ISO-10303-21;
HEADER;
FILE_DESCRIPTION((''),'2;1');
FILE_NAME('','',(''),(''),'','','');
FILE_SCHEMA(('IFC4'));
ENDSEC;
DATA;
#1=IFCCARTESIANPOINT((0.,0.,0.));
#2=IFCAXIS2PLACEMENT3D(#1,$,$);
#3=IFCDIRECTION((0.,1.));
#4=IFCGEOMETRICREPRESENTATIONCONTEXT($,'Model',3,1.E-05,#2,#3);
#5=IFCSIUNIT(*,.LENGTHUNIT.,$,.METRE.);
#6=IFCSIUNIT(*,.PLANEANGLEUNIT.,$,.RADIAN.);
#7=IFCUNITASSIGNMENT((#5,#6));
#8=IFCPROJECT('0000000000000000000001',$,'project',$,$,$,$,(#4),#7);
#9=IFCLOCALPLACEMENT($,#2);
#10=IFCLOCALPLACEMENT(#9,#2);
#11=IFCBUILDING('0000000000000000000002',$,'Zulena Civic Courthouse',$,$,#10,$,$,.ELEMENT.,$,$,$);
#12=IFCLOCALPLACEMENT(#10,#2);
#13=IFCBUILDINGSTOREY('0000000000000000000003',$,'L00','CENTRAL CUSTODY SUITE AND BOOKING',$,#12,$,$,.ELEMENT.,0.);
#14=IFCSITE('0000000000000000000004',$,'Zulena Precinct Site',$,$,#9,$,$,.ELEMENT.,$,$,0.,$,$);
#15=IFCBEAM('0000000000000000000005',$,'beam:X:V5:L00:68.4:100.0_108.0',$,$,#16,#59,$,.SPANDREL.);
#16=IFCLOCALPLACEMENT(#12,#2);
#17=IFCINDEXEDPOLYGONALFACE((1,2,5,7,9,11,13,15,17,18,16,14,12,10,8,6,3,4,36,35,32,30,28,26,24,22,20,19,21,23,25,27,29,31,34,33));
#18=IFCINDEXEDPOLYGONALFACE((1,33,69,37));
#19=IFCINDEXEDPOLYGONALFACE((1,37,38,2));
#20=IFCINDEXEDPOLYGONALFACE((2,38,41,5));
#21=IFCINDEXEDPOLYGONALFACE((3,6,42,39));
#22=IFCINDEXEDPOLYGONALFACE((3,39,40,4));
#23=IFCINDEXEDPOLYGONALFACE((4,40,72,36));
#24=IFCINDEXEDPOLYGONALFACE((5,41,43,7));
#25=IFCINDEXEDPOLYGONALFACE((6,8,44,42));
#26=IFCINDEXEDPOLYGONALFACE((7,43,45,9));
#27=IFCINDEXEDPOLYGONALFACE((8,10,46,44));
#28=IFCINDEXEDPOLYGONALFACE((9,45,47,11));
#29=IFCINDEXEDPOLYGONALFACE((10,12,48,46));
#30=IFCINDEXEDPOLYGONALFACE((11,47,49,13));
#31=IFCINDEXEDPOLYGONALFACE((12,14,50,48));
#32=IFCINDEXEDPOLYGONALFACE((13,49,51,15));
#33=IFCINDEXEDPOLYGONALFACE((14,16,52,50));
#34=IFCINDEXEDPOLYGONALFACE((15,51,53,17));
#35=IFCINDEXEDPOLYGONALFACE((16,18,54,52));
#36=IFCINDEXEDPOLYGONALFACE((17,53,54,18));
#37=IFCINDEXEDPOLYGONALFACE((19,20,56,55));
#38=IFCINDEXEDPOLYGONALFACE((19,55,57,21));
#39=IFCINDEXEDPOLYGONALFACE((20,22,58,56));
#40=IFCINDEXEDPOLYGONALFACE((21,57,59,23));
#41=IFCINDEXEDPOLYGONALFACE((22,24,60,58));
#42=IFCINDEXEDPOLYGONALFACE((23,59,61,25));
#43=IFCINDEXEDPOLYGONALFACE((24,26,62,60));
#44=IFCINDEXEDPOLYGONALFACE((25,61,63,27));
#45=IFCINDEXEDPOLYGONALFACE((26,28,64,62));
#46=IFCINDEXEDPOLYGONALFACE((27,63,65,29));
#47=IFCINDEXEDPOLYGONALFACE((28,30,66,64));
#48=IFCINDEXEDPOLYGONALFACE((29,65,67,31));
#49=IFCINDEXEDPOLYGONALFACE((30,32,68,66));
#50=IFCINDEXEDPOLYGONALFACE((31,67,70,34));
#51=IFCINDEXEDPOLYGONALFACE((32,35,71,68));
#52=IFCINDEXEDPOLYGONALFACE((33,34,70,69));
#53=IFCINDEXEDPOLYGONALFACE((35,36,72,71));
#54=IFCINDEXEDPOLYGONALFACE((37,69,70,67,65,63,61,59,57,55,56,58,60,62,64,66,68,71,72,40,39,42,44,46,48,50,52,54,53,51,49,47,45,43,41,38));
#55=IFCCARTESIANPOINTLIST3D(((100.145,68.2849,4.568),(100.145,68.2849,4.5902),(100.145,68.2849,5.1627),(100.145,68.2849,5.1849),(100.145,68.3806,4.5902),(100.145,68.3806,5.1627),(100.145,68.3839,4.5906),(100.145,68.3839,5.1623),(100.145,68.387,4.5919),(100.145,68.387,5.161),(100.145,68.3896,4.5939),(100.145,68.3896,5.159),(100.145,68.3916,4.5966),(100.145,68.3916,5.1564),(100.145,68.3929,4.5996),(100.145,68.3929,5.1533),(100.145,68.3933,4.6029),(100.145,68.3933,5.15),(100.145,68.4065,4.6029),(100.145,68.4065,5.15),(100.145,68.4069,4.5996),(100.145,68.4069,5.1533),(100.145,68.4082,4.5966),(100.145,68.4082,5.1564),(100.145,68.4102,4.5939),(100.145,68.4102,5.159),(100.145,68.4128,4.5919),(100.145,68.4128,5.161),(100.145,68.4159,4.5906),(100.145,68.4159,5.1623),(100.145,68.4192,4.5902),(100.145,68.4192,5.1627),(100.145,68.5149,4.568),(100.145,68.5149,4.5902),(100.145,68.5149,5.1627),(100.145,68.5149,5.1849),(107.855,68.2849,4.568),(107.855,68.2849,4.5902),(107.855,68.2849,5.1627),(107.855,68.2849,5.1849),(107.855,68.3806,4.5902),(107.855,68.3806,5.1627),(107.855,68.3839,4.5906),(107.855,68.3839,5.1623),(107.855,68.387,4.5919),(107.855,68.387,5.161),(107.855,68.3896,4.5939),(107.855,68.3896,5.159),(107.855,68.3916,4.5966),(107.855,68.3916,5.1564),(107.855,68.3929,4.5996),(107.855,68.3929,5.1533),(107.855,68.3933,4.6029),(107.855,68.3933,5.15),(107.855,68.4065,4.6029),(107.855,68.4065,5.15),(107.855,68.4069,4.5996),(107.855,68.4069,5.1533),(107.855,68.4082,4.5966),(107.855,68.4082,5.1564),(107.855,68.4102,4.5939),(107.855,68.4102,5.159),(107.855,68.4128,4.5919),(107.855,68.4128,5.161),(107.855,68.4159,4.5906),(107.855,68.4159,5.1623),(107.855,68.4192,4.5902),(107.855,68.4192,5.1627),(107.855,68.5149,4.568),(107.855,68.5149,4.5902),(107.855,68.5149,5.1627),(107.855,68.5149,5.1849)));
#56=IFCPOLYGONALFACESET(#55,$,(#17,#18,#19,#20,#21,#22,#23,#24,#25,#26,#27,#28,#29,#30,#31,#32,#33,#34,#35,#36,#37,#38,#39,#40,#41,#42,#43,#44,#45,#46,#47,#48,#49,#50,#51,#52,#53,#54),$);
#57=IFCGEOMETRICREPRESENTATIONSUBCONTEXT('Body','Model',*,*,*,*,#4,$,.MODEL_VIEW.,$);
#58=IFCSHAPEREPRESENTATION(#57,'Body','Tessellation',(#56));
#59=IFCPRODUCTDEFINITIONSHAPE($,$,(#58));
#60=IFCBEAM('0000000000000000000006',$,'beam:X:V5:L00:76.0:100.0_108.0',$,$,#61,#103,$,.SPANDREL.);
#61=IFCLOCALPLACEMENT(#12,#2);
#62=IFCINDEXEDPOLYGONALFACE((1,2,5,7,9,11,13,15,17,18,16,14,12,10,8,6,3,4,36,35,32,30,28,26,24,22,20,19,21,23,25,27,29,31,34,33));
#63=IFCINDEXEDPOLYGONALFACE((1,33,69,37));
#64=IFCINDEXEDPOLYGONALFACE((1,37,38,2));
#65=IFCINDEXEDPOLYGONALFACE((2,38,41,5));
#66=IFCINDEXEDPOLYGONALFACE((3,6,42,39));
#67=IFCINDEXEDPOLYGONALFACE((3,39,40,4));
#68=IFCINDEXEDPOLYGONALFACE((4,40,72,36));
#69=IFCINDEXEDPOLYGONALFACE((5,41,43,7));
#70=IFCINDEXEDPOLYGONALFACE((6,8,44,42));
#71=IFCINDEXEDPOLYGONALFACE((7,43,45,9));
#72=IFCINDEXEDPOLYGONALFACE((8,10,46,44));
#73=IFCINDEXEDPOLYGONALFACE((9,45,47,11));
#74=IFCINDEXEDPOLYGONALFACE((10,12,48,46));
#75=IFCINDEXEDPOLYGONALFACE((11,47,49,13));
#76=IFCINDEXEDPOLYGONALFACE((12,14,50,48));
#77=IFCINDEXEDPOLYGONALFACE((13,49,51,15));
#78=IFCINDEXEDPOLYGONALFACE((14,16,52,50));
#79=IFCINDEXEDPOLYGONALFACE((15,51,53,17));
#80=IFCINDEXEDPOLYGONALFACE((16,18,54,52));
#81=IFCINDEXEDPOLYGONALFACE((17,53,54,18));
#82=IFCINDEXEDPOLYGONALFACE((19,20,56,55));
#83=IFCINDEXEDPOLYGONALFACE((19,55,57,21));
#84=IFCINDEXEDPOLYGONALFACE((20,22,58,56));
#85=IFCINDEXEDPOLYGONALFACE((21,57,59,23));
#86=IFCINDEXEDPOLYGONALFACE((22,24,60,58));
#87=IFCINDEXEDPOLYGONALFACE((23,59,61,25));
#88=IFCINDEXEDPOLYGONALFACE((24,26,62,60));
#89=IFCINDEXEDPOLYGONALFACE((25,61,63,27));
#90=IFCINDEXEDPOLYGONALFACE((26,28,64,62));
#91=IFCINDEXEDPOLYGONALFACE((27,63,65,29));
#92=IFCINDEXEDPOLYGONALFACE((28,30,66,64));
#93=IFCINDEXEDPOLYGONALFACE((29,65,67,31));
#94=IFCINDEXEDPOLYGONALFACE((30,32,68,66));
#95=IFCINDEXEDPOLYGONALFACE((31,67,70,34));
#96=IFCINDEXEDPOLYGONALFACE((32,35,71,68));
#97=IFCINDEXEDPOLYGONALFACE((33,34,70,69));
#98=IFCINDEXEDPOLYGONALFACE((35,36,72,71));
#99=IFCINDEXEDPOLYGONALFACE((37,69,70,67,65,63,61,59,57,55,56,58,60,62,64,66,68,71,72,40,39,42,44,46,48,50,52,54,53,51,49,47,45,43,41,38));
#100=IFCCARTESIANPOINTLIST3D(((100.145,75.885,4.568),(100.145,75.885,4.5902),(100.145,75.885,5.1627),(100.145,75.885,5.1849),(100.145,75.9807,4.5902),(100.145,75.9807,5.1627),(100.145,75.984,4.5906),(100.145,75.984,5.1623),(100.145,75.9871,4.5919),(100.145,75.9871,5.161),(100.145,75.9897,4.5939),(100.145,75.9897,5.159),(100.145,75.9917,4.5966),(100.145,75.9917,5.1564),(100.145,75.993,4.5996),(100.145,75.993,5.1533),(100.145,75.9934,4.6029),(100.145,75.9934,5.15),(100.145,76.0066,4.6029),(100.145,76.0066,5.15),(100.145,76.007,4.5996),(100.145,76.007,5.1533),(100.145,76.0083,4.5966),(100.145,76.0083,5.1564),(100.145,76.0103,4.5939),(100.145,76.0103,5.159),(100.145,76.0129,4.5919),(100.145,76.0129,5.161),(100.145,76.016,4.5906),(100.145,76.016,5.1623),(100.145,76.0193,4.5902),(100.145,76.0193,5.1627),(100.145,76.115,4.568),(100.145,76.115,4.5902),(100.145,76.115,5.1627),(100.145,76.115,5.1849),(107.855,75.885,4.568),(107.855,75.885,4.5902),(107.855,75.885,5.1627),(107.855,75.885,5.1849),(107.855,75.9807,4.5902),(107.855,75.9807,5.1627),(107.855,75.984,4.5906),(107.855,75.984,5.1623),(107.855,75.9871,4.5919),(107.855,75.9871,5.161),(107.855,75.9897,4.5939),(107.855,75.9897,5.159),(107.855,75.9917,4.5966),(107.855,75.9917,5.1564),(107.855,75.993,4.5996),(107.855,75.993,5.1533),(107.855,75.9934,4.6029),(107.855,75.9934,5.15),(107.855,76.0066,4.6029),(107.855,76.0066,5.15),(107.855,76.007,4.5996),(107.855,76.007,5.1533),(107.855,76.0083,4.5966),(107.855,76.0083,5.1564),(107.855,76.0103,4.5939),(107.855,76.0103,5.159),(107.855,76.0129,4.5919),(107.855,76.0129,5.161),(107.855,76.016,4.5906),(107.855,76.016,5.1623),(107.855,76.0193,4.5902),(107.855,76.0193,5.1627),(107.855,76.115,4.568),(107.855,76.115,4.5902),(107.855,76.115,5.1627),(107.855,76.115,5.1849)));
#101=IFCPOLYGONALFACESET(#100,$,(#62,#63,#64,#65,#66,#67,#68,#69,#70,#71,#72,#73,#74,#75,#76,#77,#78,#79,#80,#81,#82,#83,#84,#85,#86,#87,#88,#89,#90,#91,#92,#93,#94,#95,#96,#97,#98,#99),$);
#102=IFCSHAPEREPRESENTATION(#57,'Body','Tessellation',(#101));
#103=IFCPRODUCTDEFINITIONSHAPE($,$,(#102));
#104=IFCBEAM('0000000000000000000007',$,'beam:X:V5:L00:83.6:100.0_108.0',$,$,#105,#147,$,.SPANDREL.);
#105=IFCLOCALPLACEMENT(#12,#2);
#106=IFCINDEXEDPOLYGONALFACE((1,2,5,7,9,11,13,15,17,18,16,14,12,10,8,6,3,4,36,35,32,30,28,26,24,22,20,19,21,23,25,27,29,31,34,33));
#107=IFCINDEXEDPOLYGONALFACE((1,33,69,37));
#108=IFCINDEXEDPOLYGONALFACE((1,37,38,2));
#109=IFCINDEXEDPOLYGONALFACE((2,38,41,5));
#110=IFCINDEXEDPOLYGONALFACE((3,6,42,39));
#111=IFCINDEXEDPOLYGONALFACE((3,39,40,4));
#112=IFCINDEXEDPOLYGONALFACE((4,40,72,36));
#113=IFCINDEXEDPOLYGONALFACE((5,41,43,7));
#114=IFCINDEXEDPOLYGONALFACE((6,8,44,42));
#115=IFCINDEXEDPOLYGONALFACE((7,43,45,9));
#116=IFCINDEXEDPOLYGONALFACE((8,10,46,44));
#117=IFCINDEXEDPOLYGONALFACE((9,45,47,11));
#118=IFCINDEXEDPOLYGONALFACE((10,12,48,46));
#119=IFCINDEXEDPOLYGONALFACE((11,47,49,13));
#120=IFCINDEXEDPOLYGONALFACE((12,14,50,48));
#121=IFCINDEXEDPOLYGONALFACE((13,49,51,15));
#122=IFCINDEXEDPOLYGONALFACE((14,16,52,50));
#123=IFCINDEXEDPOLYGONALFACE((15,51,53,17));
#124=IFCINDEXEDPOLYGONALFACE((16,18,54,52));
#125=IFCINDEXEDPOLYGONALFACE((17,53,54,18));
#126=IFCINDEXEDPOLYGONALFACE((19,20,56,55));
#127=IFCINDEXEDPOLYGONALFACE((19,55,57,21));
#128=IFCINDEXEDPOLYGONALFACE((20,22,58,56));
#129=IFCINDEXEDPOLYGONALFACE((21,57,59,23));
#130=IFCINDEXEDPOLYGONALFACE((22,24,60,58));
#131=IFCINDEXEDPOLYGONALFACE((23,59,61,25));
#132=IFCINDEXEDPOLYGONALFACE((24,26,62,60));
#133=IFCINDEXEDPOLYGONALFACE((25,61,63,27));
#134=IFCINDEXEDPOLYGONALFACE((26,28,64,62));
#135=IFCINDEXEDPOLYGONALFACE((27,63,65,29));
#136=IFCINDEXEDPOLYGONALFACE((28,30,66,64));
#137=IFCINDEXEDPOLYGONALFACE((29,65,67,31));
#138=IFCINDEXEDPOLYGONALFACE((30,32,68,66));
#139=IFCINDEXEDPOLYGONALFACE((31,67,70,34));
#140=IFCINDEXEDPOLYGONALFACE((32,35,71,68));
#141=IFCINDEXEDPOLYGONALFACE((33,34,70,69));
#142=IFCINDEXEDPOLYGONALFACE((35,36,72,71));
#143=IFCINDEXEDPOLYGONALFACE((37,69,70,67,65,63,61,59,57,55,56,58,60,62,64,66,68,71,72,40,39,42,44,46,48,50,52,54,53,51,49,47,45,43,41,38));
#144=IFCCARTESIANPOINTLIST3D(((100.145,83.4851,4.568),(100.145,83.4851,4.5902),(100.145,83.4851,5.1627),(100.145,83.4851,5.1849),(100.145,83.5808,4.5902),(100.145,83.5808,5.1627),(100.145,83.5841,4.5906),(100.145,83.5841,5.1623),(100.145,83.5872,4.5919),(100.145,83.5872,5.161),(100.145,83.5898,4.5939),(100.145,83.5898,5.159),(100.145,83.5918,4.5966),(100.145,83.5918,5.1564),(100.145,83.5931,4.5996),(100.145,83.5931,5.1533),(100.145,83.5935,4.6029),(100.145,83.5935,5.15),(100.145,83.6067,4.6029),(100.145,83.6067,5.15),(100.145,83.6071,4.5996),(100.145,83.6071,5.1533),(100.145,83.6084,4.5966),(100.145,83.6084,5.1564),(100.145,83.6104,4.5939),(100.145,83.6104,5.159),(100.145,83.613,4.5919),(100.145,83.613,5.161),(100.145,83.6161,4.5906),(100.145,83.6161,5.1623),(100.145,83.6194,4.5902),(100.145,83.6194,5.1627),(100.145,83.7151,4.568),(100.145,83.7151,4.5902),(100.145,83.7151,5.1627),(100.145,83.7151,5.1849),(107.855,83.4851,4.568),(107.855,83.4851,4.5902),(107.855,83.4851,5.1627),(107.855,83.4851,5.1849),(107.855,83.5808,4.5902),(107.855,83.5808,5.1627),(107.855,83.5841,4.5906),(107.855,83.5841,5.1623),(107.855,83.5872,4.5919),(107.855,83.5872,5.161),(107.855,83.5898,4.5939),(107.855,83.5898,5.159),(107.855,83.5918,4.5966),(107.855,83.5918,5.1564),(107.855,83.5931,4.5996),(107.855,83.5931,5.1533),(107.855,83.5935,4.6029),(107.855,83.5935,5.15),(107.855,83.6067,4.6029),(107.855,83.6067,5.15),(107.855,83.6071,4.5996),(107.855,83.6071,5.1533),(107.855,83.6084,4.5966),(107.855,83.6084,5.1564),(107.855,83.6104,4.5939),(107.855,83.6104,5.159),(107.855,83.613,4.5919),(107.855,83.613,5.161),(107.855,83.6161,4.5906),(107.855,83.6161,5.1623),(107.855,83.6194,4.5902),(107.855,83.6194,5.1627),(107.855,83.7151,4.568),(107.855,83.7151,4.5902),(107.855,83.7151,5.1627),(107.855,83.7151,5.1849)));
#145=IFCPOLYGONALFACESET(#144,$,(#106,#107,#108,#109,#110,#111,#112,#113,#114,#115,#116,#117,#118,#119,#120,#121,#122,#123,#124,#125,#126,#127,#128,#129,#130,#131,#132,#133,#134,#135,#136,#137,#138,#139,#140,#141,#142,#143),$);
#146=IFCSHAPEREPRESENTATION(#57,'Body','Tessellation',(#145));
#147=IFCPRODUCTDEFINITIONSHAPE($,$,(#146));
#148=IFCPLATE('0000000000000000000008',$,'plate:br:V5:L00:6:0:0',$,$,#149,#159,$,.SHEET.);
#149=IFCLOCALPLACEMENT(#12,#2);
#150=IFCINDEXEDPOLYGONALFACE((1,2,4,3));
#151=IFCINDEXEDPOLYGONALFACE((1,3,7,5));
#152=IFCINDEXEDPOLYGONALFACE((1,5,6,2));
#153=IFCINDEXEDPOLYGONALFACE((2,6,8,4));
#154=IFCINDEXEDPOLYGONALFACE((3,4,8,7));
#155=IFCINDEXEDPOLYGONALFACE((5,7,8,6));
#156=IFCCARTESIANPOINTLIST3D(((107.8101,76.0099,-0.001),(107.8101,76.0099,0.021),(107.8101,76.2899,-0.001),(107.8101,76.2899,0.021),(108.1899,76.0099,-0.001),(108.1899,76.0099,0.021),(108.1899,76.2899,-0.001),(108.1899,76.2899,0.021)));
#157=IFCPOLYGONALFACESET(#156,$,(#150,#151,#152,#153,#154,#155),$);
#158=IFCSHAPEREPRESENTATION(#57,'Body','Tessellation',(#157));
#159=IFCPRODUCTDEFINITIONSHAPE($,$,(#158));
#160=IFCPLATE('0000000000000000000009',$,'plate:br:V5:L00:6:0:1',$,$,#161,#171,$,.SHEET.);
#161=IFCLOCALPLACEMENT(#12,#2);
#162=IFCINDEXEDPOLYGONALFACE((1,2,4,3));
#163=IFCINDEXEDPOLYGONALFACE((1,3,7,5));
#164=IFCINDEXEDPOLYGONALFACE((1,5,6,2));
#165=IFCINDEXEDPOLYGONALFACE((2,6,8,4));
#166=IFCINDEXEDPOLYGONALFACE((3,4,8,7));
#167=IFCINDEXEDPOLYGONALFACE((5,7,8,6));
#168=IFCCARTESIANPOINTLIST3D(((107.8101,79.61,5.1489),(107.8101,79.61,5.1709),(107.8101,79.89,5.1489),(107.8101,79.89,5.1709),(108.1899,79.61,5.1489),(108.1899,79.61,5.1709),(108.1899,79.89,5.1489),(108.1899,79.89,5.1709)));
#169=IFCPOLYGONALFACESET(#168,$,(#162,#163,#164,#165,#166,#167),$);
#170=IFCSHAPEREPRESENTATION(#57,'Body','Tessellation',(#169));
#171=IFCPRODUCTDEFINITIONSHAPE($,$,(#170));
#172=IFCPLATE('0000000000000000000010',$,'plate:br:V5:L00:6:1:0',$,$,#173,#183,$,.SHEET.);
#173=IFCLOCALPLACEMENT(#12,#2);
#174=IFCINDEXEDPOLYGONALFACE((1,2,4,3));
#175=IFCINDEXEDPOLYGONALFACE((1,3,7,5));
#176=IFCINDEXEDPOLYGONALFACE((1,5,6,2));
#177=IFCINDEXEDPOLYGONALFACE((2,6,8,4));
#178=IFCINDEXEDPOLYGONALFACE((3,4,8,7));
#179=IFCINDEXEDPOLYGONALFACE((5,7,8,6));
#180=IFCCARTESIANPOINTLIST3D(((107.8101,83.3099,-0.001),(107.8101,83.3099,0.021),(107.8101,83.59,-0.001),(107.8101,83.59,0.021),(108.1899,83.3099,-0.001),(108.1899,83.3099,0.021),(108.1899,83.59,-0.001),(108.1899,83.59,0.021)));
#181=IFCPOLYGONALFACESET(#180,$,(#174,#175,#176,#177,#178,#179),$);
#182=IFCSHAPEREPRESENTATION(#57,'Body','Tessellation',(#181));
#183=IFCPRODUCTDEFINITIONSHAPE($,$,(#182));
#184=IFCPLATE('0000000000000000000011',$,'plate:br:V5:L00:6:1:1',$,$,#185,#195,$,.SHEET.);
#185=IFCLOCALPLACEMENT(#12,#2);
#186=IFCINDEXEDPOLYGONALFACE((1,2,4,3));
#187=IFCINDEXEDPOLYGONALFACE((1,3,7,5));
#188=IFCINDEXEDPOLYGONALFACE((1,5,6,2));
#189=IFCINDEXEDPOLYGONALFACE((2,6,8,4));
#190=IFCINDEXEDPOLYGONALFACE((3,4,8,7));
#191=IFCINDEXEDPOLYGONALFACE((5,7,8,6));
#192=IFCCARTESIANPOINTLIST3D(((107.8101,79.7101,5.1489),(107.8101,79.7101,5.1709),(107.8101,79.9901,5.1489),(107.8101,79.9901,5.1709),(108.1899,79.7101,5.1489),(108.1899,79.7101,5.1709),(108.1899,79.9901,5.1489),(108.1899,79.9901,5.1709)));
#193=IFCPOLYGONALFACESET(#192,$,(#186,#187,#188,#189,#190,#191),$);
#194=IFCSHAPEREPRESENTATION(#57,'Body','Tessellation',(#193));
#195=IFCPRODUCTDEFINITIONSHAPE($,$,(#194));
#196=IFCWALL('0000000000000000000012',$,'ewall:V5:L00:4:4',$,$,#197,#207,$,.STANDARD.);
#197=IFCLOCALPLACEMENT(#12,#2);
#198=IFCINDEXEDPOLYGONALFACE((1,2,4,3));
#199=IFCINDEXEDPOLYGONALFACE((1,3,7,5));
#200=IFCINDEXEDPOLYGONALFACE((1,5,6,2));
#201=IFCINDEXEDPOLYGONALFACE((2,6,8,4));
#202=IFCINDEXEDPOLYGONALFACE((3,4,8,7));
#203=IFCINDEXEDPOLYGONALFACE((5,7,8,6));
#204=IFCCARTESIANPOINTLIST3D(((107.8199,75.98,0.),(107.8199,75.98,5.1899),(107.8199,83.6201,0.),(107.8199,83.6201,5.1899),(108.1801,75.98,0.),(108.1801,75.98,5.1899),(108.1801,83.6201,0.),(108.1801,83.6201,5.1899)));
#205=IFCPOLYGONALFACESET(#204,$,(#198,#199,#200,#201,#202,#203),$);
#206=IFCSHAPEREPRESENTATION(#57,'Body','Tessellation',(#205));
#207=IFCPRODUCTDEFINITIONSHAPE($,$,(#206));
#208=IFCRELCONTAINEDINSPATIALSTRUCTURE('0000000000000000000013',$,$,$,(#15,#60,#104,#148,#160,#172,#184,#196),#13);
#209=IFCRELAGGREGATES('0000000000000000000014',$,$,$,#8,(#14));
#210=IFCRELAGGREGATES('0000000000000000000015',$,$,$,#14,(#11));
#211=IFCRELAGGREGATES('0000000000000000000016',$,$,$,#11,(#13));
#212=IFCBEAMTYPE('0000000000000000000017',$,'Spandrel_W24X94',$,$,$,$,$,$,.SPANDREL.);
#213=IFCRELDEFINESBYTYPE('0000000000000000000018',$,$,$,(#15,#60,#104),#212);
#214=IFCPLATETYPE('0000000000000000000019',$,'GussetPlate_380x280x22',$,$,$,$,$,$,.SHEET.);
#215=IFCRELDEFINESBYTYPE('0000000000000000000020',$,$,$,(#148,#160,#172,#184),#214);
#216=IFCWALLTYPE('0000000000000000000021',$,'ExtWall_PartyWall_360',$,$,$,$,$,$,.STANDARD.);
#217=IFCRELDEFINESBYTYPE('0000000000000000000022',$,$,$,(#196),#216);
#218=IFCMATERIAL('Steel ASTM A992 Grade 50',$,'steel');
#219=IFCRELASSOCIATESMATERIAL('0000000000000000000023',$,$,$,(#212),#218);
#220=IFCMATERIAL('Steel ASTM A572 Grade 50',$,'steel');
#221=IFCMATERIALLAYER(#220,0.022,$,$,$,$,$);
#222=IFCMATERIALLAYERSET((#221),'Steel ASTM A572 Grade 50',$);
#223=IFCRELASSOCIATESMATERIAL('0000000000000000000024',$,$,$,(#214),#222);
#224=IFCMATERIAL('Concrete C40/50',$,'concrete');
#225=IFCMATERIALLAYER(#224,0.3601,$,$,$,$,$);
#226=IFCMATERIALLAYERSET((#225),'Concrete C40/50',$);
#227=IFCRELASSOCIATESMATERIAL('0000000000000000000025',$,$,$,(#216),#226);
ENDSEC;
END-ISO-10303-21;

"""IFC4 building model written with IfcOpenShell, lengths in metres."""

from ifc_helpers import new_model, si_unit, direction, frame, frame_2d, origin, origin_2d, place, context, subcontext, project, spatial, rectangle, i_section, extrude, material, layer, layer_set, material_profile, profile_set, type_object, element, save


model = new_model("IFC4")

# Units and contexts
model_context = context("Model", 3, precision=1e-05, world=origin(), true_north=direction((0.0, 1.0)))
body_context = subcontext(model_context, "Body", "Model", "MODEL_VIEW")
ifc_project = project(units=[si_unit("LENGTHUNIT", "METRE"), si_unit("PLANEANGLEUNIT", "RADIAN")], contexts=[model_context])

# Site, building, storey
site_placement = place(None, origin())
site = spatial("IfcSite", under=ifc_project, at=site_placement, Name="Zulena Precinct Site", CompositionType="ELEMENT", RefElevation=0.0)
building_placement = place(site_placement, origin())
building = spatial("IfcBuilding", under=site, at=building_placement, Name="Zulena Civic Courthouse", CompositionType="ELEMENT")
storey_placement = place(building_placement, origin())
storey = spatial("IfcBuildingStorey", under=building, at=storey_placement, Name="L00", Description="CENTRAL CUSTODY SUITE AND BOOKING", CompositionType="ELEMENT", Elevation=0.0)

# Shared definitions
ifc_material_1 = material(Name="Steel ASTM A992 Grade 50", Category="steel")

# Beams
ifc_material_profile_1 = material_profile(ifc_material_1, i_section(OverallWidth=0.23, OverallDepth=0.6169, WebThickness=0.0132, FlangeThickness=0.0222, FilletRadius=0.0127, at=origin_2d()), Name="W24X94")
ifc_profile_set_1 = profile_set([ifc_material_profile_1], Name="Steel ASTM A992 Grade 50")
beam_type_1 = type_object("IfcBeamType", Name="Spandrel_W24X94", PredefinedType="SPANDREL", material=ifc_profile_set_1)
for number, where, z_axis, x_axis, name in (
    (1, (100.145, 68.3999, 4.8765), (1.0, 0.0, 0.0), (0.0, 1.0, 0.0), "beam:X:V5:L00:68.4:100.0_108.0"),
    (2, (100.145, 76.0, 4.8765), (1.0, 0.0, 0.0), (0.0, 1.0, 0.0), "beam:X:V5:L00:76.0:100.0_108.0"),
    (3, (100.145, 83.6001, 4.8765), (1.0, 0.0, 0.0), (0.0, 1.0, 0.0), "beam:X:V5:L00:83.6:100.0_108.0"),
):
    element("IfcBeam", number, at=place(storey_placement, frame(where, z_axis=z_axis, x_axis=x_axis)), inside=storey, type_object=beam_type_1, Name=name, PredefinedType="SPANDREL", context=body_context, shape_type="SweptSolid", body=[
        extrude(i_section(OverallWidth=0.23, OverallDepth=0.6169, WebThickness=0.0132, FlangeThickness=0.0222, FilletRadius=0.0127, at=origin_2d()), origin(), (0.0, 0.0, 1.0), 7.71),
    ])

# Plates
ifc_material_2 = material(Name="Steel ASTM A572 Grade 50", Category="steel")
ifc_layer_1 = layer(ifc_material_2, 0.022)
ifc_layer_set_1 = layer_set([ifc_layer_1], Name="Steel ASTM A572 Grade 50")
plate_type = type_object("IfcPlateType", Name="GussetPlate_380x280x22", PredefinedType="SHEET", material=ifc_layer_set_1)
for number, where, z_axis, x_axis, name in (
    (4, (108.0, 76.1499, -0.001), (0.0, 0.0, 1.0), (1.0, 0.0, 0.0), "plate:br:V5:L00:6:0:0"),
    (5, (108.0, 79.75, 5.1489), (0.0, 0.0, 1.0), (1.0, 0.0, 0.0), "plate:br:V5:L00:6:0:1"),
    (6, (108.0, 83.45, -0.001), (0.0, 0.0, 1.0), (1.0, 0.0, 0.0), "plate:br:V5:L00:6:1:0"),
    (7, (108.0, 79.8501, 5.1489), (0.0, 0.0, 1.0), (1.0, 0.0, 0.0), "plate:br:V5:L00:6:1:1"),
):
    element("IfcPlate", number, at=place(storey_placement, frame(where, z_axis=z_axis, x_axis=x_axis)), inside=storey, type_object=plate_type, Name=name, PredefinedType="SHEET", context=body_context, shape_type="SweptSolid", body=[
        extrude(rectangle(XDim=0.3799, YDim=0.28, at=origin_2d()), origin(), (0.0, 0.0, 1.0), 0.022),
    ])

# Wall
ifc_material_3 = material(Name="Concrete C40/50", Category="concrete")
ifc_layer_2 = layer(ifc_material_3, 0.3601)
ifc_layer_set_2 = layer_set([ifc_layer_2], Name="Concrete C40/50")
wall_type = type_object("IfcWallType", Name="ExtWall_PartyWall_360", PredefinedType="STANDARD", material=ifc_layer_set_2)
for number, where, z_axis, x_axis, name in (
    (8, (108.0, 83.6201, 0.0), (0.0, 0.0, 1.0), (0.0, -1.0, 0.0), "ewall:V5:L00:4:4"),
):
    element("IfcWall", number, at=place(storey_placement, frame(where, z_axis=z_axis, x_axis=x_axis)), inside=storey, type_object=wall_type, Name=name, PredefinedType="STANDARD", context=body_context, shape_type="SweptSolid", body=[
        extrude(rectangle(XDim=7.6401, YDim=0.3601, at=frame_2d((3.8201, 0.0))), origin(), (0.0, 0.0, 1.0), 5.1899),
    ])

save(model, "model.ifc")
